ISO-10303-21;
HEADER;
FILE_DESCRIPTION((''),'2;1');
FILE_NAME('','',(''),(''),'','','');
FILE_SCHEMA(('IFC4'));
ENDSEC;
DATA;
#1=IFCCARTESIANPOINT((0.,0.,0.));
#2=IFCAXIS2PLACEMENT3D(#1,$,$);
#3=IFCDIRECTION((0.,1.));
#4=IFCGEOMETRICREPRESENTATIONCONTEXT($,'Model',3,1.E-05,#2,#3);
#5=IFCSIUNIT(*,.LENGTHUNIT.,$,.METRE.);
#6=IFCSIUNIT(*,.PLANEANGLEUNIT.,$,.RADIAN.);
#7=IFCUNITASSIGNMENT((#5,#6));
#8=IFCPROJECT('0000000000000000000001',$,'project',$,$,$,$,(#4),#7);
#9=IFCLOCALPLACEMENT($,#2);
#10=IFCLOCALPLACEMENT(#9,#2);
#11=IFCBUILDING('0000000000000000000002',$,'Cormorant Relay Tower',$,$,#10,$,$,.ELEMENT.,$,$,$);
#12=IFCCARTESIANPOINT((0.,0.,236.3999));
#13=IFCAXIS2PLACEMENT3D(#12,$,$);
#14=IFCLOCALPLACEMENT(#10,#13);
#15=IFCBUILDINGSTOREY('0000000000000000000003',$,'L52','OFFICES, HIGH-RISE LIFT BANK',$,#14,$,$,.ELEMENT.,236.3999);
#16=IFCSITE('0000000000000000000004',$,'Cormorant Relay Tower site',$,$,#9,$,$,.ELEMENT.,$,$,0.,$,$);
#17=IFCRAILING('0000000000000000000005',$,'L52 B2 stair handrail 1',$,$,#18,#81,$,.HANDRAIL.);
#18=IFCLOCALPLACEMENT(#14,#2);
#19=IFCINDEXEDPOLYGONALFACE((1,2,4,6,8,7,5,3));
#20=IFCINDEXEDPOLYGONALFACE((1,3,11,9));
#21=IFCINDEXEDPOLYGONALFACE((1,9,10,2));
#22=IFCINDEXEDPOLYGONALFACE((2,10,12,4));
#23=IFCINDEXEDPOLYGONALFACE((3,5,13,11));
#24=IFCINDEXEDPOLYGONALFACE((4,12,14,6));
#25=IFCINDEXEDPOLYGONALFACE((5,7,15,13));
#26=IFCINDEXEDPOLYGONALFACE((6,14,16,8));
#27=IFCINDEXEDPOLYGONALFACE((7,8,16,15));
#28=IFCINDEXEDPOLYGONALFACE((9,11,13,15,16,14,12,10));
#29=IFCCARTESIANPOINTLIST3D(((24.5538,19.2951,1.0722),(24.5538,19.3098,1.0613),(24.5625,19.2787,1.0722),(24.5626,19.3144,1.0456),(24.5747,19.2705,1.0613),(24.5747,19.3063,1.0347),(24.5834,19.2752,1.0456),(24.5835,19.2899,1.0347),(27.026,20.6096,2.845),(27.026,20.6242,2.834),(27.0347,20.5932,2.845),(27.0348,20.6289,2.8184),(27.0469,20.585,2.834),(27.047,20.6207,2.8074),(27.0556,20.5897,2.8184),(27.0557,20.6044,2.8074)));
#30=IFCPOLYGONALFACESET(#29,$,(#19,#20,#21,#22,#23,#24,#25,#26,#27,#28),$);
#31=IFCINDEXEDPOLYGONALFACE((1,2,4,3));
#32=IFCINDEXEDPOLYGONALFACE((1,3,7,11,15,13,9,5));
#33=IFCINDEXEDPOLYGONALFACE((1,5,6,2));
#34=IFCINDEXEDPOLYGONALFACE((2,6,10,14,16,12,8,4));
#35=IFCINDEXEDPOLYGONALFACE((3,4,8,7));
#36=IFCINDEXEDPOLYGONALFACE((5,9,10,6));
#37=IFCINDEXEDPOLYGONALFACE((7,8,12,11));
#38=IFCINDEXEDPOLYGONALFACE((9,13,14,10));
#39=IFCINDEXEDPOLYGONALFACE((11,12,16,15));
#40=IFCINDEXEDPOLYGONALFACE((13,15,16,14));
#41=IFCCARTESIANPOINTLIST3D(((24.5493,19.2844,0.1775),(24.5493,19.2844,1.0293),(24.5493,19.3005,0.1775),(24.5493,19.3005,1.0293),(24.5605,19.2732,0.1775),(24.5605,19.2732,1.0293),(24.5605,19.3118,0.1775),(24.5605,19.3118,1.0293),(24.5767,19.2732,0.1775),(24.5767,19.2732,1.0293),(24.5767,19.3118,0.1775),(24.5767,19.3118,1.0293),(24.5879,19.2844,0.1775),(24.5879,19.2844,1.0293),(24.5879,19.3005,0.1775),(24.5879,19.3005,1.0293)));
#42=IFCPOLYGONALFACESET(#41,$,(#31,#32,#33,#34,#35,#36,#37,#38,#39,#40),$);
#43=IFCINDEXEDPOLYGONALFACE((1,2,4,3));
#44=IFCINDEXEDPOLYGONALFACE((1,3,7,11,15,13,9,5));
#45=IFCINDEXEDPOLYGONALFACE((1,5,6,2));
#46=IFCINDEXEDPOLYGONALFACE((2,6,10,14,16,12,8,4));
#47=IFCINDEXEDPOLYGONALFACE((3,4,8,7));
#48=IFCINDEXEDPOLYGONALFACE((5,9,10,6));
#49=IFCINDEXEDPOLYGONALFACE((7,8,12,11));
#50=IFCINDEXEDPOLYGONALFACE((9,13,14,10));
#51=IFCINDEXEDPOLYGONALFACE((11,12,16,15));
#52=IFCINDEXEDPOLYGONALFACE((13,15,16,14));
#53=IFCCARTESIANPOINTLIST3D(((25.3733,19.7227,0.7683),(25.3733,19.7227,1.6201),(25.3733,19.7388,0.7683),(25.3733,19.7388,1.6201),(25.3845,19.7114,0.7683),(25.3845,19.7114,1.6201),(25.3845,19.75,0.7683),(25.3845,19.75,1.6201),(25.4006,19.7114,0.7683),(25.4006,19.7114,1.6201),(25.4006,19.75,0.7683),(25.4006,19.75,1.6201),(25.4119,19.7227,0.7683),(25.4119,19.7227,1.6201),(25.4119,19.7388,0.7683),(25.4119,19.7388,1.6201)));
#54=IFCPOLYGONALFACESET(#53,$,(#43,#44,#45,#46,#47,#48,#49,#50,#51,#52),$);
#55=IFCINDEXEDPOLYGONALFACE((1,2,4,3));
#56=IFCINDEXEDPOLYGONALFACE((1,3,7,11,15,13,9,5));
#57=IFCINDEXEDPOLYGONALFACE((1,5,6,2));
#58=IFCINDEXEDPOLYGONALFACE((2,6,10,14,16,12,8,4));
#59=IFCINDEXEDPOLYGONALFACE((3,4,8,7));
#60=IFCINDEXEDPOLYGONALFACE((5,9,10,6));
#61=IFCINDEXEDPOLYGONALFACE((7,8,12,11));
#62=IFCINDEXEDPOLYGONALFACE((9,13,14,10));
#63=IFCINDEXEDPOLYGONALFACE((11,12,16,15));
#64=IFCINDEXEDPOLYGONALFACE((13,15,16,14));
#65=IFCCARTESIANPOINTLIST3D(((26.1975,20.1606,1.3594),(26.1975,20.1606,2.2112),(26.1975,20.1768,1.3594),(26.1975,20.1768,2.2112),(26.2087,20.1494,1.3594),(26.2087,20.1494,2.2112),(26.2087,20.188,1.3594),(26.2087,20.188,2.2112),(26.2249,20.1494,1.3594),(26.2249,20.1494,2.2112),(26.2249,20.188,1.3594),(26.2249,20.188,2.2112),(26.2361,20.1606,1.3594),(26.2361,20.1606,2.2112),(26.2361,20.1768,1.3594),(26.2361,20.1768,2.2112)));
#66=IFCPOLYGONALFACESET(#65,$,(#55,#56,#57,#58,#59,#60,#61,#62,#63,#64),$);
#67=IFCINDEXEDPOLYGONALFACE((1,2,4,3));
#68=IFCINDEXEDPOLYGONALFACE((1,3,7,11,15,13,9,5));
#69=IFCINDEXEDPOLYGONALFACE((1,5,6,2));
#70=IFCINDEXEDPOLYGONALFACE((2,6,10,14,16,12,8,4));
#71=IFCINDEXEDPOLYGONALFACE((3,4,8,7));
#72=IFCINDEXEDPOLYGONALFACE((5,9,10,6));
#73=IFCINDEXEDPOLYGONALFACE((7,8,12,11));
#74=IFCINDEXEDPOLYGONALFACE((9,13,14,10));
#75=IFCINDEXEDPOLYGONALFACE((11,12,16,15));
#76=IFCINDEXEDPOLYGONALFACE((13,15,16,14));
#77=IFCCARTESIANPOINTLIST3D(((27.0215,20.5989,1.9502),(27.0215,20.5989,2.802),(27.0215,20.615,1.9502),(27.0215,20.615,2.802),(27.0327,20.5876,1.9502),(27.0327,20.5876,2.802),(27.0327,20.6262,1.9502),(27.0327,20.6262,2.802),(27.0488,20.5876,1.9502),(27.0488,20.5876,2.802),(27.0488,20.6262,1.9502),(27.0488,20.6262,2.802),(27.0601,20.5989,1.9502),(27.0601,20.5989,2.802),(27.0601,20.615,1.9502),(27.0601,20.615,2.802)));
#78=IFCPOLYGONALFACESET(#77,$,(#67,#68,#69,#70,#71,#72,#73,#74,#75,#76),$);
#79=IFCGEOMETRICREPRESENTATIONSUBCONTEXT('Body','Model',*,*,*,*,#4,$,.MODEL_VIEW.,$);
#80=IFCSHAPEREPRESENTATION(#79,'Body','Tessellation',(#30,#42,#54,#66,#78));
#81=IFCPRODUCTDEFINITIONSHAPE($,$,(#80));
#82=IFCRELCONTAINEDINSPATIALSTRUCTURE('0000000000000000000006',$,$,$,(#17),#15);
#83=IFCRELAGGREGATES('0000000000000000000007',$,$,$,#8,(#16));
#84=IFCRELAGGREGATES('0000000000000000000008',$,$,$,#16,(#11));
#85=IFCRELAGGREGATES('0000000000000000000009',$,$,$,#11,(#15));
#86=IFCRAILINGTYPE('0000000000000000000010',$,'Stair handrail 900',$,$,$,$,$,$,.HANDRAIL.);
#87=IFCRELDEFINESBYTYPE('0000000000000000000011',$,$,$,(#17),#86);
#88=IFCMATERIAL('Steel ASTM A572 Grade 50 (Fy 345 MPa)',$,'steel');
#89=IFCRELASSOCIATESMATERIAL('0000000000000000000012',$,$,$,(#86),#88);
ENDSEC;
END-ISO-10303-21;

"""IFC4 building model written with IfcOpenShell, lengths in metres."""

from ifc_helpers import new_model, si_unit, direction, frame, origin, place, context, subcontext, project, spatial, polyline, outline, extrude, material, type_object, element, save


model = new_model("IFC4")

# Units and contexts
model_context = context("Model", 3, precision=1e-05, world=origin(), true_north=direction((0.0, 1.0)))
body_context = subcontext(model_context, "Body", "Model", "MODEL_VIEW")
ifc_project = project(units=[si_unit("LENGTHUNIT", "METRE"), si_unit("PLANEANGLEUNIT", "RADIAN")], contexts=[model_context])

# Site, building, storey
site_placement = place(None, origin())
site = spatial("IfcSite", under=ifc_project, at=site_placement, Name="Cormorant Relay Tower site", CompositionType="ELEMENT", RefElevation=0.0)
building_placement = place(site_placement, origin())
building = spatial("IfcBuilding", under=site, at=building_placement, Name="Cormorant Relay Tower", CompositionType="ELEMENT")
storey_placement = place(building_placement, frame((0.0, 0.0, 236.3999)))
storey = spatial("IfcBuildingStorey", under=building, at=storey_placement, Name="L52", Description="OFFICES, HIGH-RISE LIFT BANK", CompositionType="ELEMENT", Elevation=236.3999)

# Railing
ifc_material_1 = material(Name="Steel ASTM A572 Grade 50 (Fy 345 MPa)", Category="steel")
railing_type_1 = type_object("IfcRailingType", Name="Stair handrail 900", PredefinedType="HANDRAIL", material=ifc_material_1)
railing_1_placement = place(storey_placement, frame((24.5686, 19.2925, 0.1775)))
element("IfcRailing", 1, at=railing_1_placement, inside=storey, type_object=railing_type_1, Name="L52 B2 stair handrail 1", PredefinedType="HANDRAIL", context=body_context, shape_type="SweptSolid", body=[
    extrude(outline(polyline([(0.0222, 0.0093), (0.0093, 0.0222), (-0.0093, 0.0222), (-0.0222, 0.0093), (-0.0222, -0.0093), (-0.0093, -0.0222), (0.0093, -0.0222), (0.0222, -0.0093), (0.0222, 0.0093)])), frame((0.0, 0.0, 0.876), z_axis=(0.746001, 0.396649, 0.534931), x_axis=(-0.469465, 0.882951, 0.0)), (0.0, 0.0, 1.0), 3.314),
    extrude(outline(polyline([(0.0193, 0.0081), (0.0081, 0.0193), (-0.0081, 0.0193), (-0.0193, 0.0081), (-0.0193, -0.0081), (-0.0081, -0.0193), (0.0081, -0.0193), (0.0193, -0.0081), (0.0193, 0.0081)])), origin(), (0.0, 0.0, 1.0), 0.8518),
    extrude(outline(polyline([(0.0193, 0.0081), (0.0081, 0.0193), (-0.0081, 0.0193), (-0.0193, 0.0081), (-0.0193, -0.0081), (-0.0081, -0.0193), (0.0081, -0.0193), (0.0193, -0.0081), (0.0193, 0.0081)])), frame((0.824, 0.4382, 0.5908)), (0.0, 0.0, 1.0), 0.8518),
    extrude(outline(polyline([(0.0193, 0.0081), (0.0081, 0.0193), (-0.0081, 0.0193), (-0.0193, 0.0081), (-0.0193, -0.0081), (-0.0081, -0.0193), (0.0081, -0.0193), (0.0193, -0.0081), (0.0193, 0.0081)])), frame((1.6482, 0.8762, 1.1819)), (0.0, 0.0, 1.0), 0.8518),
    extrude(outline(polyline([(0.0193, 0.0081), (0.0081, 0.0193), (-0.0081, 0.0193), (-0.0193, 0.0081), (-0.0193, -0.0081), (-0.0081, -0.0193), (0.0081, -0.0193), (0.0193, -0.0081), (0.0193, 0.0081)])), frame((2.4722, 1.3145, 1.7727)), (0.0, 0.0, 1.0), 0.8518),
])

save(model, "model.ifc")
